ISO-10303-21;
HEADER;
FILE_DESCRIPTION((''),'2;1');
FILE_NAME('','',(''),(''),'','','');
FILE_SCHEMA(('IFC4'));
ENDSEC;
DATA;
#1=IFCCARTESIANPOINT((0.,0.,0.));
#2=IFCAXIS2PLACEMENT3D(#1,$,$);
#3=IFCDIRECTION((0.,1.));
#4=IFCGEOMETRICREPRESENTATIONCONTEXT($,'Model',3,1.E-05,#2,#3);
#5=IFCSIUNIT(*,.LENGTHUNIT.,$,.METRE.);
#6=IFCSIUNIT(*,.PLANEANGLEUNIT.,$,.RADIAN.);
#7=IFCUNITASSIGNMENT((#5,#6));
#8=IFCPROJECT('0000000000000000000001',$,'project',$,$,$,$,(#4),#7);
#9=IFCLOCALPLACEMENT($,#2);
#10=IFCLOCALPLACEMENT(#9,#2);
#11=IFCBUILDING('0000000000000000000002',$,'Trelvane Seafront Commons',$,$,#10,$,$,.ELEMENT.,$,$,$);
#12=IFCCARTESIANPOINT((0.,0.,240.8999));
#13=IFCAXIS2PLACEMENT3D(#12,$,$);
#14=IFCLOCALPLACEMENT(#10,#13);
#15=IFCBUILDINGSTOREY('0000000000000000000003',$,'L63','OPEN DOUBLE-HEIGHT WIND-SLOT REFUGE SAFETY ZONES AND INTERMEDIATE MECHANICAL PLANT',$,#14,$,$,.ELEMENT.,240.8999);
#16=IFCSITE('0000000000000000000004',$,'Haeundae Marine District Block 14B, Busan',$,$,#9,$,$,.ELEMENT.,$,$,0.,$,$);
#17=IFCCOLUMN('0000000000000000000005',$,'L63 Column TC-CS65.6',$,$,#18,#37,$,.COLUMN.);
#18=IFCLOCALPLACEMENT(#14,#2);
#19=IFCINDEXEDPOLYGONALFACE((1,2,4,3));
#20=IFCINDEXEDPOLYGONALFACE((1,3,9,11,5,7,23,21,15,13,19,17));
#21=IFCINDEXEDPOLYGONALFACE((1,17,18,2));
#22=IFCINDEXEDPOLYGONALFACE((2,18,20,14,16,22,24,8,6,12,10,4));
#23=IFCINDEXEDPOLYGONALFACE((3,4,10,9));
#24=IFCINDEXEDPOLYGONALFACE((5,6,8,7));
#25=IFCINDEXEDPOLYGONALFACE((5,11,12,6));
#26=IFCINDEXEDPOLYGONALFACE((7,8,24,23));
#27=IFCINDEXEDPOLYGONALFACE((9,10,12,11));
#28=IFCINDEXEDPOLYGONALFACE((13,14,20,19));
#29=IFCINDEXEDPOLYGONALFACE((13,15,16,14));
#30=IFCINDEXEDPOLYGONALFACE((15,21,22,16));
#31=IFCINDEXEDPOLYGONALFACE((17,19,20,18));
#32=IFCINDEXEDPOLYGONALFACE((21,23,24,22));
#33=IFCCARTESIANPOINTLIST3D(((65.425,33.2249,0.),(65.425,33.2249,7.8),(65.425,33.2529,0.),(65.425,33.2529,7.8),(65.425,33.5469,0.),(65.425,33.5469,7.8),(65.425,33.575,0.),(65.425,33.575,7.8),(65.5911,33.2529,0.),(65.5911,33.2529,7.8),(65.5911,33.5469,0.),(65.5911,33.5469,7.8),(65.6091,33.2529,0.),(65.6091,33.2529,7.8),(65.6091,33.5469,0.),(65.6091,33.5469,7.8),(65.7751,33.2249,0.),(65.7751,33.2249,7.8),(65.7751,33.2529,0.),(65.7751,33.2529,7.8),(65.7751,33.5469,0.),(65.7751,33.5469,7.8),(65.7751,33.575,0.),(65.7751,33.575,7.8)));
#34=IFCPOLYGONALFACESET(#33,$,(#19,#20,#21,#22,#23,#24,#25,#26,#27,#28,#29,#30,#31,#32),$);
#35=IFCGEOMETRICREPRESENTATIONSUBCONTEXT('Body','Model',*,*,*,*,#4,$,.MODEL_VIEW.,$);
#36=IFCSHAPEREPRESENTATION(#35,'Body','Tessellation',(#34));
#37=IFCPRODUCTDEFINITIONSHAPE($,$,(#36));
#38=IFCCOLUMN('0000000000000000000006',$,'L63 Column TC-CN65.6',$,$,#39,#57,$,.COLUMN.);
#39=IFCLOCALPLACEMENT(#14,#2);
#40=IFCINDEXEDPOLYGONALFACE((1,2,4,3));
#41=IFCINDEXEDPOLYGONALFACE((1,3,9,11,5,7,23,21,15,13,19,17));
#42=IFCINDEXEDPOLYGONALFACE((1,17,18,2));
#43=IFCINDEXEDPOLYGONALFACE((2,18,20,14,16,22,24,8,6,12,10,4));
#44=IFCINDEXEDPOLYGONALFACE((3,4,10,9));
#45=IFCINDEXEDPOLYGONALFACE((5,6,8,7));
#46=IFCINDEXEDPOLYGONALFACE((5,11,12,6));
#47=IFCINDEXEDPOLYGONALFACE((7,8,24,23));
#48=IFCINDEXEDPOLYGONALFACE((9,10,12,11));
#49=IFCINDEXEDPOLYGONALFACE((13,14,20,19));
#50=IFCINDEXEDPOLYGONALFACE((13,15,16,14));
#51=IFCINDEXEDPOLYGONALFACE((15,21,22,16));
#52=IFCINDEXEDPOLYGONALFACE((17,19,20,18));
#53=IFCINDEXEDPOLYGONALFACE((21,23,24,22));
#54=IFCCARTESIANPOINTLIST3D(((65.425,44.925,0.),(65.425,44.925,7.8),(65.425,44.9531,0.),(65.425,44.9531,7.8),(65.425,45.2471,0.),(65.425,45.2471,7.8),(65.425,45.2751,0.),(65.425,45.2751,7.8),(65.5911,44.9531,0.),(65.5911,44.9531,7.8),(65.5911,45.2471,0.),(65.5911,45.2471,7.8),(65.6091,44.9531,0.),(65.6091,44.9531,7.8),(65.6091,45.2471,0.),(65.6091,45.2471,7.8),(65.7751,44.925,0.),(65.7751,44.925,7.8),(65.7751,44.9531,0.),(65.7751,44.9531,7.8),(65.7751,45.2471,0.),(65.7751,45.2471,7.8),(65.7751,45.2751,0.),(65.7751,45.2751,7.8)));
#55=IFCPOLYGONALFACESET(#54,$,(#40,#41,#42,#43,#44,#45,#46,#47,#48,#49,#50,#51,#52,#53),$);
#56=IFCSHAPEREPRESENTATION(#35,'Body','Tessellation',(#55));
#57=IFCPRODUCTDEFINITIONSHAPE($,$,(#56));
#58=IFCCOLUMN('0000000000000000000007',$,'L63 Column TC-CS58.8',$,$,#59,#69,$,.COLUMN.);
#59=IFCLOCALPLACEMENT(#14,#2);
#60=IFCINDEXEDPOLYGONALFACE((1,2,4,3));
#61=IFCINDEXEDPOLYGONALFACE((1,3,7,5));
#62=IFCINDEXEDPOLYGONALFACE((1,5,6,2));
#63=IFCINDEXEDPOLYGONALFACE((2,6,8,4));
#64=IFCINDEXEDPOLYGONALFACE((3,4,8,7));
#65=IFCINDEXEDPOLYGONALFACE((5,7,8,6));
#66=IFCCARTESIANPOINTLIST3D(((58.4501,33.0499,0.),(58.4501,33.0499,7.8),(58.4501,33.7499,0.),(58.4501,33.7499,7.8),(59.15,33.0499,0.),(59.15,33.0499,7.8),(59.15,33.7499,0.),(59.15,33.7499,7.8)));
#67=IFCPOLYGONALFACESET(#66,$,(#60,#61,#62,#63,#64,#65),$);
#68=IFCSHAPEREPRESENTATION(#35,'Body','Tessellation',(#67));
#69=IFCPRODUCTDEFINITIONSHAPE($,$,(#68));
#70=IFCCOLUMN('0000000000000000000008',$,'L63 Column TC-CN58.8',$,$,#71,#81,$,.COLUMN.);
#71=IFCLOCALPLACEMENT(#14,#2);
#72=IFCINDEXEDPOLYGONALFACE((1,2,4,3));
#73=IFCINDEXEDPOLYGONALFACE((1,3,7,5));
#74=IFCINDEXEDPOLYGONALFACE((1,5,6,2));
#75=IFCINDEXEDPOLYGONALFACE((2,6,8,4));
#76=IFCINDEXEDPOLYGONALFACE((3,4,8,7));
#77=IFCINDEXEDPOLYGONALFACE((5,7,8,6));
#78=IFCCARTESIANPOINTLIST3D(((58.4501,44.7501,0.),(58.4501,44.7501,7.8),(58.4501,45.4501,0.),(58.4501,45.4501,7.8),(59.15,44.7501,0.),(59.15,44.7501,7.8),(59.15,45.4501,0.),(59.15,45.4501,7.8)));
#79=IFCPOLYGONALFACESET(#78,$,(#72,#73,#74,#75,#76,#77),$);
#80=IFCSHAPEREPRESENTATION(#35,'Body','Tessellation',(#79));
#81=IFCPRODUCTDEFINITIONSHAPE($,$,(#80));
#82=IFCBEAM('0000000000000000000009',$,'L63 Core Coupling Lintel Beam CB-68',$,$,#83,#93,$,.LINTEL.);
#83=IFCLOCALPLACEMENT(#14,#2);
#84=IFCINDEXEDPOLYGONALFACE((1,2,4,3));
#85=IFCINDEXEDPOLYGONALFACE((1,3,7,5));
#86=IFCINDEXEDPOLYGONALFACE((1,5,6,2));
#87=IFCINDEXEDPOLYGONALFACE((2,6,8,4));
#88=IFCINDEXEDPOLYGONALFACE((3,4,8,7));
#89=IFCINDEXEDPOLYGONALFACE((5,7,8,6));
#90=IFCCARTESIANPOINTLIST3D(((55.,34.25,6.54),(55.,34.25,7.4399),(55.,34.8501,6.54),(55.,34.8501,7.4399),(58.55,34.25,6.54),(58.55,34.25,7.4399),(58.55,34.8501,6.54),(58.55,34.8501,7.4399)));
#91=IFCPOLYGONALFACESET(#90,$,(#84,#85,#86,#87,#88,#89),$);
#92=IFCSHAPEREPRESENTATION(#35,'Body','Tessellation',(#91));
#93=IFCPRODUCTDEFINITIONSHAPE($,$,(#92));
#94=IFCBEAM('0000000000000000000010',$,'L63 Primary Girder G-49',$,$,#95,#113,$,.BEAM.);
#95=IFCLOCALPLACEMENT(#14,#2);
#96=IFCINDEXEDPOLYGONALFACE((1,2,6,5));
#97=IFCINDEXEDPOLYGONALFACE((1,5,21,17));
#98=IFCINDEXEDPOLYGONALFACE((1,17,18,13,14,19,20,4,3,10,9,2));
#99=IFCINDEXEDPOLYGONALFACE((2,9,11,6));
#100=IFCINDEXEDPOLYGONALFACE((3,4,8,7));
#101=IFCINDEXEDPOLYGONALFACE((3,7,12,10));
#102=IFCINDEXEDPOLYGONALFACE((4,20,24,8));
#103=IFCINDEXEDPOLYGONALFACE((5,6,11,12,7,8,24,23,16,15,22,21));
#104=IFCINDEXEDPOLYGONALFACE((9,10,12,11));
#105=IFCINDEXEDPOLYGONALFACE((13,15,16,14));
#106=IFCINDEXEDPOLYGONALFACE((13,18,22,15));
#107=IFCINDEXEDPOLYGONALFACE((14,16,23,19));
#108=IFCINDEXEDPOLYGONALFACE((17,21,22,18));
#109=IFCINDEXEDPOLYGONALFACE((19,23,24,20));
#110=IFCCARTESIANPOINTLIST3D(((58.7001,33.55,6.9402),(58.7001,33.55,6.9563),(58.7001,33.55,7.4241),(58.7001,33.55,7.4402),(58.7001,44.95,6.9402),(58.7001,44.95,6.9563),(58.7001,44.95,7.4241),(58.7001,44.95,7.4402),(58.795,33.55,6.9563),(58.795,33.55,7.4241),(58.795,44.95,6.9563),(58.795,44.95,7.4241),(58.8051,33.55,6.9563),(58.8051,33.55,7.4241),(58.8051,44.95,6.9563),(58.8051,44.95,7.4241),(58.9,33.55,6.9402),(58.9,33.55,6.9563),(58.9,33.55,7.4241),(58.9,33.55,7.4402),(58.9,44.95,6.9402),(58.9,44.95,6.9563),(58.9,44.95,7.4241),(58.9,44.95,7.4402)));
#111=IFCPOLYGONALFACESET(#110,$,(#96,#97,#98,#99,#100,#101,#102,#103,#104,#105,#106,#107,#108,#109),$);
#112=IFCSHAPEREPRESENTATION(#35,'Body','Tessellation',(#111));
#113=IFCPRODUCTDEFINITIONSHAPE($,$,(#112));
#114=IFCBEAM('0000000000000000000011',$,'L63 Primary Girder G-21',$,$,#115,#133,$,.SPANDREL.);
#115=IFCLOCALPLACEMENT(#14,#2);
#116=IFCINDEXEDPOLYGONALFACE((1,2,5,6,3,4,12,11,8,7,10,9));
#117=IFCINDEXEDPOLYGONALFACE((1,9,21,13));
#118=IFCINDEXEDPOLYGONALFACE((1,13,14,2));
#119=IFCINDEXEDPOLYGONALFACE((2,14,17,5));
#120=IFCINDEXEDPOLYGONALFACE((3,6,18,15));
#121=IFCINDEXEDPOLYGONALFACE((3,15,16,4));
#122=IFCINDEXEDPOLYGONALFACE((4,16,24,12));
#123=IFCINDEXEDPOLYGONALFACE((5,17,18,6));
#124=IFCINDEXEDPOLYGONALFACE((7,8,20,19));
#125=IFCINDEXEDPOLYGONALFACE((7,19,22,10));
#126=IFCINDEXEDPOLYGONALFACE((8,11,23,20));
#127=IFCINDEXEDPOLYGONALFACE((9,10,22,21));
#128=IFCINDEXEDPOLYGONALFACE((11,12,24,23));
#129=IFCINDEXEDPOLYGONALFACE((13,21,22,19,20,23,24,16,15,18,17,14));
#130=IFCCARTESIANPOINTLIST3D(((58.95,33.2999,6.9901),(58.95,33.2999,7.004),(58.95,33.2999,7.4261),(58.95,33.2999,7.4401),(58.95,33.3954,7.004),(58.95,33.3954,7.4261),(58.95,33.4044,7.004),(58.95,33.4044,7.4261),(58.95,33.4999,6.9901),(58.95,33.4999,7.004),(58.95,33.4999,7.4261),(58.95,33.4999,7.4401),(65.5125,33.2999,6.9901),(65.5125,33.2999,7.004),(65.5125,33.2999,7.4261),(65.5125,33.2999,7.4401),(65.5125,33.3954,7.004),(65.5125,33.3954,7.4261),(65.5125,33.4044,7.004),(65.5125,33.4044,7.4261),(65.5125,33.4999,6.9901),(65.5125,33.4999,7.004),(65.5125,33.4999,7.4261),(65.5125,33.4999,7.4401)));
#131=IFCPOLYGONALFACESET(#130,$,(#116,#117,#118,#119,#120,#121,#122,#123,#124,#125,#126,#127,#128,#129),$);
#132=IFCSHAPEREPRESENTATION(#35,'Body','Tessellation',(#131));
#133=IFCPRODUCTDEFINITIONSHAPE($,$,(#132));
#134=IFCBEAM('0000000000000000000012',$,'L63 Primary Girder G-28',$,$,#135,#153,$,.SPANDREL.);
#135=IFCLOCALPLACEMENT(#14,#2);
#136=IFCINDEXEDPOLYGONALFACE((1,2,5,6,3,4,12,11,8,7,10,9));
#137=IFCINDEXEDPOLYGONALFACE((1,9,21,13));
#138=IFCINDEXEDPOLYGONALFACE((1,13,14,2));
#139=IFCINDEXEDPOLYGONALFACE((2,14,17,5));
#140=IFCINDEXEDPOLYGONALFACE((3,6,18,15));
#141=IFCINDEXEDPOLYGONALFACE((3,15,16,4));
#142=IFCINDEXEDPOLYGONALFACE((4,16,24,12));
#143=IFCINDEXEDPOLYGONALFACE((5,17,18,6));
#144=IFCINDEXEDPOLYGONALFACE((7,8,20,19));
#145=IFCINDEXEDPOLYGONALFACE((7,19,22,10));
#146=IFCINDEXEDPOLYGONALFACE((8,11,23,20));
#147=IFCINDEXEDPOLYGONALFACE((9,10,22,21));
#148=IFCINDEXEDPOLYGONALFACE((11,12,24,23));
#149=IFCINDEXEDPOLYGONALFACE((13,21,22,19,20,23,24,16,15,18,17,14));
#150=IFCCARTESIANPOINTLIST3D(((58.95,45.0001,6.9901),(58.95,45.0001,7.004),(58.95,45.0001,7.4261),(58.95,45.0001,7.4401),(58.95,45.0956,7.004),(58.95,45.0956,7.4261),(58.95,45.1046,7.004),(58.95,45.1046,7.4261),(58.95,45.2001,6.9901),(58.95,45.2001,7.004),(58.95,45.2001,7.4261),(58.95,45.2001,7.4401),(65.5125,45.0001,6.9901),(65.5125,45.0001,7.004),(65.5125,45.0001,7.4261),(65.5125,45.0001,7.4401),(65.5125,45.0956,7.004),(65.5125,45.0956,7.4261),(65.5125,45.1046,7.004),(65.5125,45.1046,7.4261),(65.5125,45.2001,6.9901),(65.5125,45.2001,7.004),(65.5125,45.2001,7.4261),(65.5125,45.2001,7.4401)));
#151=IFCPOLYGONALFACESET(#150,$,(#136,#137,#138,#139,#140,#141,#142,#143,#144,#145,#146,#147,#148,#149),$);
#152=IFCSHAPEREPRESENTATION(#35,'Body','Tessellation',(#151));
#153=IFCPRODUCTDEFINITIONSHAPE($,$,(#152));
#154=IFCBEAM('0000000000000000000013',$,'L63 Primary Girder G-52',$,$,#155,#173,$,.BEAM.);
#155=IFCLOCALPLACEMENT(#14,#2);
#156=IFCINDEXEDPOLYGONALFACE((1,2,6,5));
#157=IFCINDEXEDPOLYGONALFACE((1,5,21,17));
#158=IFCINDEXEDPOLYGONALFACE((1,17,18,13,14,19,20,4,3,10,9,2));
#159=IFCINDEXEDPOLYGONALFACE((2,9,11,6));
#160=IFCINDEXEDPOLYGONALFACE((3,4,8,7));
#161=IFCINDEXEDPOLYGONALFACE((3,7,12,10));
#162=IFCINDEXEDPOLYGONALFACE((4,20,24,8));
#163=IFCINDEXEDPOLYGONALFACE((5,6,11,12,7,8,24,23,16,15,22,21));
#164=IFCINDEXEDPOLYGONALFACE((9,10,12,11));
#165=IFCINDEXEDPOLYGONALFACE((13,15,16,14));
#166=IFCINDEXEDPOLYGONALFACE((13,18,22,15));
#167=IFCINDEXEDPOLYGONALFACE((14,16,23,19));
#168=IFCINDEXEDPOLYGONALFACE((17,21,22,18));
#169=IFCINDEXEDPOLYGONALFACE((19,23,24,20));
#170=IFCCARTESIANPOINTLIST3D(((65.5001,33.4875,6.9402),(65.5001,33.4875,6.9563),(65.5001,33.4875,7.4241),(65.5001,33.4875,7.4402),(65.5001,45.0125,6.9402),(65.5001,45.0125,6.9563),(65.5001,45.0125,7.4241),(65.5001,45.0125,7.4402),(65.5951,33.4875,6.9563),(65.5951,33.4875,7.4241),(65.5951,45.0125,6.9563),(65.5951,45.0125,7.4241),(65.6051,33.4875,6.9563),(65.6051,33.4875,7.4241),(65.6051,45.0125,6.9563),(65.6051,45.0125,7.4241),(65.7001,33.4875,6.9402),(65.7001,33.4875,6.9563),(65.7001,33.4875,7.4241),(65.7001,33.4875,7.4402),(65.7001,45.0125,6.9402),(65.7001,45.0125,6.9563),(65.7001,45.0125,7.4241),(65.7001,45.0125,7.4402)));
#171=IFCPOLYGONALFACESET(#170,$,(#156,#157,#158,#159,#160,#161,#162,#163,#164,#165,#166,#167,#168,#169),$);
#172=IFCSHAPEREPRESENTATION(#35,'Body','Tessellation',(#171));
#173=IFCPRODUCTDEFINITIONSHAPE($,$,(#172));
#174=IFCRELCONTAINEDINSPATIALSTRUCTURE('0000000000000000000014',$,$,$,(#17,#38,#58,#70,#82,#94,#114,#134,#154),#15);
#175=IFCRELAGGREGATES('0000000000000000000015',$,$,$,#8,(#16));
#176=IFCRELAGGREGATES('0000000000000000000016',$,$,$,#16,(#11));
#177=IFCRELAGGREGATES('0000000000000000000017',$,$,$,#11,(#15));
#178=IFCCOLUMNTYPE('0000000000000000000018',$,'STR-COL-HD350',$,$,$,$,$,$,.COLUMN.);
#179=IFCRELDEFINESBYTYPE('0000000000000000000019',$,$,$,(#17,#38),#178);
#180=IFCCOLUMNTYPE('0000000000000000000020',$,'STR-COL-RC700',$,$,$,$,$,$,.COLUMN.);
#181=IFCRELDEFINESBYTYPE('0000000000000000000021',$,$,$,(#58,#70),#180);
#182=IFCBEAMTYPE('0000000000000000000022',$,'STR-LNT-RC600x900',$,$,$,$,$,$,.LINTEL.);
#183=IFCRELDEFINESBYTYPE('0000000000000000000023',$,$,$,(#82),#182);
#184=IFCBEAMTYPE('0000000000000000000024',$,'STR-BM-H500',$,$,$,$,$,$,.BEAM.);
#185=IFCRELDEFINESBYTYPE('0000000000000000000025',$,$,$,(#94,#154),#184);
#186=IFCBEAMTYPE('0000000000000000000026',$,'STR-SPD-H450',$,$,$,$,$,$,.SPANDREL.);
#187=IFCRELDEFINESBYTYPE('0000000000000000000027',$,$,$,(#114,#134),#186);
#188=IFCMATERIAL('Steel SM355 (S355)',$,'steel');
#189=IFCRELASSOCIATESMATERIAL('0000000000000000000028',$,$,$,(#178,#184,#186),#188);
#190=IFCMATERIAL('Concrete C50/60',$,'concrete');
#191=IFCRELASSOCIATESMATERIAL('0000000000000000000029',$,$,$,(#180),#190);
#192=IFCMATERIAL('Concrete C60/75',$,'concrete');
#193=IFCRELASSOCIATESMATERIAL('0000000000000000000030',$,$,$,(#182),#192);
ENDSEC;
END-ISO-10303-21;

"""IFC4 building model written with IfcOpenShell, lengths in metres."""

from ifc_helpers import new_model, si_unit, direction, frame, origin, origin_2d, place, context, subcontext, project, spatial, rectangle, i_section, extrude, source, transform, mapped, material, material_profile, profile_set, type_object, element, save


model = new_model("IFC4")

# Units and contexts
model_context = context("Model", 3, precision=1e-05, world=origin(), true_north=direction((0.0, 1.0)))
body_context = subcontext(model_context, "Body", "Model", "MODEL_VIEW")
ifc_project = project(units=[si_unit("LENGTHUNIT", "METRE"), si_unit("PLANEANGLEUNIT", "RADIAN")], contexts=[model_context])

# Site, building, storey
site_placement = place(None, origin())
site = spatial("IfcSite", under=ifc_project, at=site_placement, Name="Haeundae Marine District Block 14B, Busan", CompositionType="ELEMENT", RefElevation=0.0)
building_placement = place(site_placement, origin())
building = spatial("IfcBuilding", under=site, at=building_placement, Name="Trelvane Seafront Commons", CompositionType="ELEMENT")
storey_placement = place(building_placement, frame((0.0, 0.0, 240.8999)))
storey = spatial("IfcBuildingStorey", under=building, at=storey_placement, Name="L63", Description="OPEN DOUBLE-HEIGHT WIND-SLOT REFUGE SAFETY ZONES AND INTERMEDIATE MECHANICAL PLANT", CompositionType="ELEMENT", Elevation=240.8999)

# Columns
ifc_material_1 = material(Name="Steel SM355 (S355)", Category="steel")
ifc_material_profile_1 = material_profile(ifc_material_1, i_section(OverallWidth=0.3501, OverallDepth=0.3501, WebThickness=0.0181, FlangeThickness=0.0281, at=origin_2d()), Name="HD-350x350x18x28")
ifc_profile_set_1 = profile_set([ifc_material_profile_1], Name="Steel SM355 (S355)")
column_type_1 = type_object("IfcColumnType", Name="STR-COL-HD350", PredefinedType="COLUMN", material=ifc_profile_set_1)
shared_shape_1 = source(origin(), body_context, "Body", "SweptSolid", [
    extrude(i_section(OverallWidth=0.3501, OverallDepth=0.3501, WebThickness=0.0181, FlangeThickness=0.0281, at=origin_2d()), origin(), (0.0, 0.0, 1.0), 7.8),
])
for number, where, z_axis, x_axis, name in (
    (1, (65.6001, 33.3999, 0.0), (0.0, 0.0, 1.0), (1.0, 0.0, 0.0), "L63 Column TC-CS65.6"),
    (2, (65.6001, 45.1001, 0.0), (0.0, 0.0, 1.0), (1.0, 0.0, 0.0), "L63 Column TC-CN65.6"),
):
    element("IfcColumn", number, at=place(storey_placement, frame(where, z_axis=z_axis, x_axis=x_axis)), inside=storey, type_object=column_type_1, Name=name, PredefinedType="COLUMN", context=body_context, shape_type="MappedRepresentation", body=[
        mapped(shared_shape_1, transform((0.0, 0.0, 0.0), x_axis=(1.0, 0.0, 0.0), y_axis=(0.0, 1.0, 0.0), z_axis=(0.0, 0.0, 1.0), scale=1.0)),
    ])
ifc_material_2 = material(Name="Concrete C50/60", Category="concrete")
ifc_material_profile_2 = material_profile(ifc_material_2, rectangle(XDim=0.7, YDim=0.7, at=origin_2d()), Name="RC-700x700")
ifc_profile_set_2 = profile_set([ifc_material_profile_2], Name="Concrete C50/60")
column_type_2 = type_object("IfcColumnType", Name="STR-COL-RC700", PredefinedType="COLUMN", material=ifc_profile_set_2)
shared_shape_2 = source(origin(), body_context, "Body", "SweptSolid", [
    extrude(rectangle(XDim=0.7, YDim=0.7, at=origin_2d()), origin(), (0.0, 0.0, 1.0), 7.8),
])
for number, where, z_axis, x_axis, name in (
    (3, (58.8, 33.3999, 0.0), (0.0, 0.0, 1.0), (1.0, 0.0, 0.0), "L63 Column TC-CS58.8"),
    (4, (58.8, 45.1001, 0.0), (0.0, 0.0, 1.0), (1.0, 0.0, 0.0), "L63 Column TC-CN58.8"),
):
    element("IfcColumn", number, at=place(storey_placement, frame(where, z_axis=z_axis, x_axis=x_axis)), inside=storey, type_object=column_type_2, Name=name, PredefinedType="COLUMN", context=body_context, shape_type="MappedRepresentation", body=[
        mapped(shared_shape_2, transform((0.0, 0.0, 0.0), x_axis=(1.0, 0.0, 0.0), y_axis=(0.0, 1.0, 0.0), z_axis=(0.0, 0.0, 1.0), scale=1.0)),
    ])

# Beams
ifc_material_3 = material(Name="Concrete C60/75", Category="concrete")
ifc_material_profile_3 = material_profile(ifc_material_3, rectangle(XDim=0.6001, YDim=0.8999, at=origin_2d()), Name="RC-600x900")
ifc_profile_set_3 = profile_set([ifc_material_profile_3], Name="Concrete C60/75")
beam_type_1 = type_object("IfcBeamType", Name="STR-LNT-RC600x900", PredefinedType="LINTEL", material=ifc_profile_set_3)
shared_shape_3 = source(origin(), body_context, "Body", "SweptSolid", [
    extrude(rectangle(XDim=0.6001, YDim=0.8999, at=origin_2d()), origin(), (0.0, 0.0, 1.0), 3.55),
])
beam_1_placement = place(storey_placement, frame((55.0, 34.55, 6.99), z_axis=(1.0, 0.0, 0.0), x_axis=(0.0, 1.0, 0.0)))
element("IfcBeam", 5, at=beam_1_placement, inside=storey, type_object=beam_type_1, Name="L63 Core Coupling Lintel Beam CB-68", PredefinedType="LINTEL", context=body_context, shape_type="MappedRepresentation", body=[
    mapped(shared_shape_3, transform((0.0, 0.0, 0.0), x_axis=(1.0, 0.0, 0.0), y_axis=(0.0, 1.0, 0.0), z_axis=(0.0, 0.0, 1.0), scale=1.0)),
])
ifc_material_profile_4 = material_profile(ifc_material_1, i_section(OverallWidth=0.2, OverallDepth=0.5, WebThickness=0.01, FlangeThickness=0.0161, at=origin_2d()), Name="H-500x200x10x16")
ifc_profile_set_4 = profile_set([ifc_material_profile_4], Name="Steel SM355 (S355)")
beam_type_2 = type_object("IfcBeamType", Name="STR-BM-H500", PredefinedType="BEAM", material=ifc_profile_set_4)
shared_shape_4 = source(origin(), body_context, "Body", "SweptSolid", [
    extrude(i_section(OverallWidth=0.2, OverallDepth=0.5, WebThickness=0.01, FlangeThickness=0.0161, at=origin_2d()), origin(), (0.0, 0.0, 1.0), 11.3999),
])
beam_2_placement = place(storey_placement, frame((58.8, 33.55, 7.1902), z_axis=(0.0, 1.0, 0.0), x_axis=(-1.0, 0.0, 0.0)))
element("IfcBeam", 6, at=beam_2_placement, inside=storey, type_object=beam_type_2, Name="L63 Primary Girder G-49", PredefinedType="BEAM", context=body_context, shape_type="MappedRepresentation", body=[
    mapped(shared_shape_4, transform((0.0, 0.0, 0.0), x_axis=(1.0, 0.0, 0.0), y_axis=(0.0, 1.0, 0.0), z_axis=(0.0, 0.0, 1.0), scale=1.0)),
])
ifc_material_profile_5 = material_profile(ifc_material_1, i_section(OverallWidth=0.2, OverallDepth=0.45, WebThickness=0.009, FlangeThickness=0.0139, at=origin_2d()), Name="H-450x200x9x14")
ifc_profile_set_5 = profile_set([ifc_material_profile_5], Name="Steel SM355 (S355)")
beam_type_3 = type_object("IfcBeamType", Name="STR-SPD-H450", PredefinedType="SPANDREL", material=ifc_profile_set_5)
shared_shape_5 = source(origin(), body_context, "Body", "SweptSolid", [
    extrude(i_section(OverallWidth=0.2, OverallDepth=0.45, WebThickness=0.009, FlangeThickness=0.0139, at=origin_2d()), origin(), (0.0, 0.0, 1.0), 6.5625),
])
for number, where, z_axis, x_axis, name in (
    (7, (58.95, 33.3999, 7.2151), (1.0, 0.0, 0.0), (0.0, 1.0, 0.0), "L63 Primary Girder G-21"),
    (8, (58.95, 45.1001, 7.2151), (1.0, 0.0, 0.0), (0.0, 1.0, 0.0), "L63 Primary Girder G-28"),
):
    element("IfcBeam", number, at=place(storey_placement, frame(where, z_axis=z_axis, x_axis=x_axis)), inside=storey, type_object=beam_type_3, Name=name, PredefinedType="SPANDREL", context=body_context, shape_type="MappedRepresentation", body=[
        mapped(shared_shape_5, transform((0.0, 0.0, 0.0), x_axis=(1.0, 0.0, 0.0), y_axis=(0.0, 1.0, 0.0), z_axis=(0.0, 0.0, 1.0), scale=1.0)),
    ])
shared_shape_6 = source(origin(), body_context, "Body", "SweptSolid", [
    extrude(i_section(OverallWidth=0.2, OverallDepth=0.5, WebThickness=0.01, FlangeThickness=0.0161, at=origin_2d()), origin(), (0.0, 0.0, 1.0), 11.5249),
])
beam_3_placement = place(storey_placement, frame((65.6001, 33.4875, 7.1902), z_axis=(0.0, 1.0, 0.0), x_axis=(-1.0, 0.0, 0.0)))
element("IfcBeam", 9, at=beam_3_placement, inside=storey, type_object=beam_type_2, Name="L63 Primary Girder G-52", PredefinedType="BEAM", context=body_context, shape_type="MappedRepresentation", body=[
    mapped(shared_shape_6, transform((0.0, 0.0, 0.0), x_axis=(1.0, 0.0, 0.0), y_axis=(0.0, 1.0, 0.0), z_axis=(0.0, 0.0, 1.0), scale=1.0)),
])

save(model, "model.ifc")
